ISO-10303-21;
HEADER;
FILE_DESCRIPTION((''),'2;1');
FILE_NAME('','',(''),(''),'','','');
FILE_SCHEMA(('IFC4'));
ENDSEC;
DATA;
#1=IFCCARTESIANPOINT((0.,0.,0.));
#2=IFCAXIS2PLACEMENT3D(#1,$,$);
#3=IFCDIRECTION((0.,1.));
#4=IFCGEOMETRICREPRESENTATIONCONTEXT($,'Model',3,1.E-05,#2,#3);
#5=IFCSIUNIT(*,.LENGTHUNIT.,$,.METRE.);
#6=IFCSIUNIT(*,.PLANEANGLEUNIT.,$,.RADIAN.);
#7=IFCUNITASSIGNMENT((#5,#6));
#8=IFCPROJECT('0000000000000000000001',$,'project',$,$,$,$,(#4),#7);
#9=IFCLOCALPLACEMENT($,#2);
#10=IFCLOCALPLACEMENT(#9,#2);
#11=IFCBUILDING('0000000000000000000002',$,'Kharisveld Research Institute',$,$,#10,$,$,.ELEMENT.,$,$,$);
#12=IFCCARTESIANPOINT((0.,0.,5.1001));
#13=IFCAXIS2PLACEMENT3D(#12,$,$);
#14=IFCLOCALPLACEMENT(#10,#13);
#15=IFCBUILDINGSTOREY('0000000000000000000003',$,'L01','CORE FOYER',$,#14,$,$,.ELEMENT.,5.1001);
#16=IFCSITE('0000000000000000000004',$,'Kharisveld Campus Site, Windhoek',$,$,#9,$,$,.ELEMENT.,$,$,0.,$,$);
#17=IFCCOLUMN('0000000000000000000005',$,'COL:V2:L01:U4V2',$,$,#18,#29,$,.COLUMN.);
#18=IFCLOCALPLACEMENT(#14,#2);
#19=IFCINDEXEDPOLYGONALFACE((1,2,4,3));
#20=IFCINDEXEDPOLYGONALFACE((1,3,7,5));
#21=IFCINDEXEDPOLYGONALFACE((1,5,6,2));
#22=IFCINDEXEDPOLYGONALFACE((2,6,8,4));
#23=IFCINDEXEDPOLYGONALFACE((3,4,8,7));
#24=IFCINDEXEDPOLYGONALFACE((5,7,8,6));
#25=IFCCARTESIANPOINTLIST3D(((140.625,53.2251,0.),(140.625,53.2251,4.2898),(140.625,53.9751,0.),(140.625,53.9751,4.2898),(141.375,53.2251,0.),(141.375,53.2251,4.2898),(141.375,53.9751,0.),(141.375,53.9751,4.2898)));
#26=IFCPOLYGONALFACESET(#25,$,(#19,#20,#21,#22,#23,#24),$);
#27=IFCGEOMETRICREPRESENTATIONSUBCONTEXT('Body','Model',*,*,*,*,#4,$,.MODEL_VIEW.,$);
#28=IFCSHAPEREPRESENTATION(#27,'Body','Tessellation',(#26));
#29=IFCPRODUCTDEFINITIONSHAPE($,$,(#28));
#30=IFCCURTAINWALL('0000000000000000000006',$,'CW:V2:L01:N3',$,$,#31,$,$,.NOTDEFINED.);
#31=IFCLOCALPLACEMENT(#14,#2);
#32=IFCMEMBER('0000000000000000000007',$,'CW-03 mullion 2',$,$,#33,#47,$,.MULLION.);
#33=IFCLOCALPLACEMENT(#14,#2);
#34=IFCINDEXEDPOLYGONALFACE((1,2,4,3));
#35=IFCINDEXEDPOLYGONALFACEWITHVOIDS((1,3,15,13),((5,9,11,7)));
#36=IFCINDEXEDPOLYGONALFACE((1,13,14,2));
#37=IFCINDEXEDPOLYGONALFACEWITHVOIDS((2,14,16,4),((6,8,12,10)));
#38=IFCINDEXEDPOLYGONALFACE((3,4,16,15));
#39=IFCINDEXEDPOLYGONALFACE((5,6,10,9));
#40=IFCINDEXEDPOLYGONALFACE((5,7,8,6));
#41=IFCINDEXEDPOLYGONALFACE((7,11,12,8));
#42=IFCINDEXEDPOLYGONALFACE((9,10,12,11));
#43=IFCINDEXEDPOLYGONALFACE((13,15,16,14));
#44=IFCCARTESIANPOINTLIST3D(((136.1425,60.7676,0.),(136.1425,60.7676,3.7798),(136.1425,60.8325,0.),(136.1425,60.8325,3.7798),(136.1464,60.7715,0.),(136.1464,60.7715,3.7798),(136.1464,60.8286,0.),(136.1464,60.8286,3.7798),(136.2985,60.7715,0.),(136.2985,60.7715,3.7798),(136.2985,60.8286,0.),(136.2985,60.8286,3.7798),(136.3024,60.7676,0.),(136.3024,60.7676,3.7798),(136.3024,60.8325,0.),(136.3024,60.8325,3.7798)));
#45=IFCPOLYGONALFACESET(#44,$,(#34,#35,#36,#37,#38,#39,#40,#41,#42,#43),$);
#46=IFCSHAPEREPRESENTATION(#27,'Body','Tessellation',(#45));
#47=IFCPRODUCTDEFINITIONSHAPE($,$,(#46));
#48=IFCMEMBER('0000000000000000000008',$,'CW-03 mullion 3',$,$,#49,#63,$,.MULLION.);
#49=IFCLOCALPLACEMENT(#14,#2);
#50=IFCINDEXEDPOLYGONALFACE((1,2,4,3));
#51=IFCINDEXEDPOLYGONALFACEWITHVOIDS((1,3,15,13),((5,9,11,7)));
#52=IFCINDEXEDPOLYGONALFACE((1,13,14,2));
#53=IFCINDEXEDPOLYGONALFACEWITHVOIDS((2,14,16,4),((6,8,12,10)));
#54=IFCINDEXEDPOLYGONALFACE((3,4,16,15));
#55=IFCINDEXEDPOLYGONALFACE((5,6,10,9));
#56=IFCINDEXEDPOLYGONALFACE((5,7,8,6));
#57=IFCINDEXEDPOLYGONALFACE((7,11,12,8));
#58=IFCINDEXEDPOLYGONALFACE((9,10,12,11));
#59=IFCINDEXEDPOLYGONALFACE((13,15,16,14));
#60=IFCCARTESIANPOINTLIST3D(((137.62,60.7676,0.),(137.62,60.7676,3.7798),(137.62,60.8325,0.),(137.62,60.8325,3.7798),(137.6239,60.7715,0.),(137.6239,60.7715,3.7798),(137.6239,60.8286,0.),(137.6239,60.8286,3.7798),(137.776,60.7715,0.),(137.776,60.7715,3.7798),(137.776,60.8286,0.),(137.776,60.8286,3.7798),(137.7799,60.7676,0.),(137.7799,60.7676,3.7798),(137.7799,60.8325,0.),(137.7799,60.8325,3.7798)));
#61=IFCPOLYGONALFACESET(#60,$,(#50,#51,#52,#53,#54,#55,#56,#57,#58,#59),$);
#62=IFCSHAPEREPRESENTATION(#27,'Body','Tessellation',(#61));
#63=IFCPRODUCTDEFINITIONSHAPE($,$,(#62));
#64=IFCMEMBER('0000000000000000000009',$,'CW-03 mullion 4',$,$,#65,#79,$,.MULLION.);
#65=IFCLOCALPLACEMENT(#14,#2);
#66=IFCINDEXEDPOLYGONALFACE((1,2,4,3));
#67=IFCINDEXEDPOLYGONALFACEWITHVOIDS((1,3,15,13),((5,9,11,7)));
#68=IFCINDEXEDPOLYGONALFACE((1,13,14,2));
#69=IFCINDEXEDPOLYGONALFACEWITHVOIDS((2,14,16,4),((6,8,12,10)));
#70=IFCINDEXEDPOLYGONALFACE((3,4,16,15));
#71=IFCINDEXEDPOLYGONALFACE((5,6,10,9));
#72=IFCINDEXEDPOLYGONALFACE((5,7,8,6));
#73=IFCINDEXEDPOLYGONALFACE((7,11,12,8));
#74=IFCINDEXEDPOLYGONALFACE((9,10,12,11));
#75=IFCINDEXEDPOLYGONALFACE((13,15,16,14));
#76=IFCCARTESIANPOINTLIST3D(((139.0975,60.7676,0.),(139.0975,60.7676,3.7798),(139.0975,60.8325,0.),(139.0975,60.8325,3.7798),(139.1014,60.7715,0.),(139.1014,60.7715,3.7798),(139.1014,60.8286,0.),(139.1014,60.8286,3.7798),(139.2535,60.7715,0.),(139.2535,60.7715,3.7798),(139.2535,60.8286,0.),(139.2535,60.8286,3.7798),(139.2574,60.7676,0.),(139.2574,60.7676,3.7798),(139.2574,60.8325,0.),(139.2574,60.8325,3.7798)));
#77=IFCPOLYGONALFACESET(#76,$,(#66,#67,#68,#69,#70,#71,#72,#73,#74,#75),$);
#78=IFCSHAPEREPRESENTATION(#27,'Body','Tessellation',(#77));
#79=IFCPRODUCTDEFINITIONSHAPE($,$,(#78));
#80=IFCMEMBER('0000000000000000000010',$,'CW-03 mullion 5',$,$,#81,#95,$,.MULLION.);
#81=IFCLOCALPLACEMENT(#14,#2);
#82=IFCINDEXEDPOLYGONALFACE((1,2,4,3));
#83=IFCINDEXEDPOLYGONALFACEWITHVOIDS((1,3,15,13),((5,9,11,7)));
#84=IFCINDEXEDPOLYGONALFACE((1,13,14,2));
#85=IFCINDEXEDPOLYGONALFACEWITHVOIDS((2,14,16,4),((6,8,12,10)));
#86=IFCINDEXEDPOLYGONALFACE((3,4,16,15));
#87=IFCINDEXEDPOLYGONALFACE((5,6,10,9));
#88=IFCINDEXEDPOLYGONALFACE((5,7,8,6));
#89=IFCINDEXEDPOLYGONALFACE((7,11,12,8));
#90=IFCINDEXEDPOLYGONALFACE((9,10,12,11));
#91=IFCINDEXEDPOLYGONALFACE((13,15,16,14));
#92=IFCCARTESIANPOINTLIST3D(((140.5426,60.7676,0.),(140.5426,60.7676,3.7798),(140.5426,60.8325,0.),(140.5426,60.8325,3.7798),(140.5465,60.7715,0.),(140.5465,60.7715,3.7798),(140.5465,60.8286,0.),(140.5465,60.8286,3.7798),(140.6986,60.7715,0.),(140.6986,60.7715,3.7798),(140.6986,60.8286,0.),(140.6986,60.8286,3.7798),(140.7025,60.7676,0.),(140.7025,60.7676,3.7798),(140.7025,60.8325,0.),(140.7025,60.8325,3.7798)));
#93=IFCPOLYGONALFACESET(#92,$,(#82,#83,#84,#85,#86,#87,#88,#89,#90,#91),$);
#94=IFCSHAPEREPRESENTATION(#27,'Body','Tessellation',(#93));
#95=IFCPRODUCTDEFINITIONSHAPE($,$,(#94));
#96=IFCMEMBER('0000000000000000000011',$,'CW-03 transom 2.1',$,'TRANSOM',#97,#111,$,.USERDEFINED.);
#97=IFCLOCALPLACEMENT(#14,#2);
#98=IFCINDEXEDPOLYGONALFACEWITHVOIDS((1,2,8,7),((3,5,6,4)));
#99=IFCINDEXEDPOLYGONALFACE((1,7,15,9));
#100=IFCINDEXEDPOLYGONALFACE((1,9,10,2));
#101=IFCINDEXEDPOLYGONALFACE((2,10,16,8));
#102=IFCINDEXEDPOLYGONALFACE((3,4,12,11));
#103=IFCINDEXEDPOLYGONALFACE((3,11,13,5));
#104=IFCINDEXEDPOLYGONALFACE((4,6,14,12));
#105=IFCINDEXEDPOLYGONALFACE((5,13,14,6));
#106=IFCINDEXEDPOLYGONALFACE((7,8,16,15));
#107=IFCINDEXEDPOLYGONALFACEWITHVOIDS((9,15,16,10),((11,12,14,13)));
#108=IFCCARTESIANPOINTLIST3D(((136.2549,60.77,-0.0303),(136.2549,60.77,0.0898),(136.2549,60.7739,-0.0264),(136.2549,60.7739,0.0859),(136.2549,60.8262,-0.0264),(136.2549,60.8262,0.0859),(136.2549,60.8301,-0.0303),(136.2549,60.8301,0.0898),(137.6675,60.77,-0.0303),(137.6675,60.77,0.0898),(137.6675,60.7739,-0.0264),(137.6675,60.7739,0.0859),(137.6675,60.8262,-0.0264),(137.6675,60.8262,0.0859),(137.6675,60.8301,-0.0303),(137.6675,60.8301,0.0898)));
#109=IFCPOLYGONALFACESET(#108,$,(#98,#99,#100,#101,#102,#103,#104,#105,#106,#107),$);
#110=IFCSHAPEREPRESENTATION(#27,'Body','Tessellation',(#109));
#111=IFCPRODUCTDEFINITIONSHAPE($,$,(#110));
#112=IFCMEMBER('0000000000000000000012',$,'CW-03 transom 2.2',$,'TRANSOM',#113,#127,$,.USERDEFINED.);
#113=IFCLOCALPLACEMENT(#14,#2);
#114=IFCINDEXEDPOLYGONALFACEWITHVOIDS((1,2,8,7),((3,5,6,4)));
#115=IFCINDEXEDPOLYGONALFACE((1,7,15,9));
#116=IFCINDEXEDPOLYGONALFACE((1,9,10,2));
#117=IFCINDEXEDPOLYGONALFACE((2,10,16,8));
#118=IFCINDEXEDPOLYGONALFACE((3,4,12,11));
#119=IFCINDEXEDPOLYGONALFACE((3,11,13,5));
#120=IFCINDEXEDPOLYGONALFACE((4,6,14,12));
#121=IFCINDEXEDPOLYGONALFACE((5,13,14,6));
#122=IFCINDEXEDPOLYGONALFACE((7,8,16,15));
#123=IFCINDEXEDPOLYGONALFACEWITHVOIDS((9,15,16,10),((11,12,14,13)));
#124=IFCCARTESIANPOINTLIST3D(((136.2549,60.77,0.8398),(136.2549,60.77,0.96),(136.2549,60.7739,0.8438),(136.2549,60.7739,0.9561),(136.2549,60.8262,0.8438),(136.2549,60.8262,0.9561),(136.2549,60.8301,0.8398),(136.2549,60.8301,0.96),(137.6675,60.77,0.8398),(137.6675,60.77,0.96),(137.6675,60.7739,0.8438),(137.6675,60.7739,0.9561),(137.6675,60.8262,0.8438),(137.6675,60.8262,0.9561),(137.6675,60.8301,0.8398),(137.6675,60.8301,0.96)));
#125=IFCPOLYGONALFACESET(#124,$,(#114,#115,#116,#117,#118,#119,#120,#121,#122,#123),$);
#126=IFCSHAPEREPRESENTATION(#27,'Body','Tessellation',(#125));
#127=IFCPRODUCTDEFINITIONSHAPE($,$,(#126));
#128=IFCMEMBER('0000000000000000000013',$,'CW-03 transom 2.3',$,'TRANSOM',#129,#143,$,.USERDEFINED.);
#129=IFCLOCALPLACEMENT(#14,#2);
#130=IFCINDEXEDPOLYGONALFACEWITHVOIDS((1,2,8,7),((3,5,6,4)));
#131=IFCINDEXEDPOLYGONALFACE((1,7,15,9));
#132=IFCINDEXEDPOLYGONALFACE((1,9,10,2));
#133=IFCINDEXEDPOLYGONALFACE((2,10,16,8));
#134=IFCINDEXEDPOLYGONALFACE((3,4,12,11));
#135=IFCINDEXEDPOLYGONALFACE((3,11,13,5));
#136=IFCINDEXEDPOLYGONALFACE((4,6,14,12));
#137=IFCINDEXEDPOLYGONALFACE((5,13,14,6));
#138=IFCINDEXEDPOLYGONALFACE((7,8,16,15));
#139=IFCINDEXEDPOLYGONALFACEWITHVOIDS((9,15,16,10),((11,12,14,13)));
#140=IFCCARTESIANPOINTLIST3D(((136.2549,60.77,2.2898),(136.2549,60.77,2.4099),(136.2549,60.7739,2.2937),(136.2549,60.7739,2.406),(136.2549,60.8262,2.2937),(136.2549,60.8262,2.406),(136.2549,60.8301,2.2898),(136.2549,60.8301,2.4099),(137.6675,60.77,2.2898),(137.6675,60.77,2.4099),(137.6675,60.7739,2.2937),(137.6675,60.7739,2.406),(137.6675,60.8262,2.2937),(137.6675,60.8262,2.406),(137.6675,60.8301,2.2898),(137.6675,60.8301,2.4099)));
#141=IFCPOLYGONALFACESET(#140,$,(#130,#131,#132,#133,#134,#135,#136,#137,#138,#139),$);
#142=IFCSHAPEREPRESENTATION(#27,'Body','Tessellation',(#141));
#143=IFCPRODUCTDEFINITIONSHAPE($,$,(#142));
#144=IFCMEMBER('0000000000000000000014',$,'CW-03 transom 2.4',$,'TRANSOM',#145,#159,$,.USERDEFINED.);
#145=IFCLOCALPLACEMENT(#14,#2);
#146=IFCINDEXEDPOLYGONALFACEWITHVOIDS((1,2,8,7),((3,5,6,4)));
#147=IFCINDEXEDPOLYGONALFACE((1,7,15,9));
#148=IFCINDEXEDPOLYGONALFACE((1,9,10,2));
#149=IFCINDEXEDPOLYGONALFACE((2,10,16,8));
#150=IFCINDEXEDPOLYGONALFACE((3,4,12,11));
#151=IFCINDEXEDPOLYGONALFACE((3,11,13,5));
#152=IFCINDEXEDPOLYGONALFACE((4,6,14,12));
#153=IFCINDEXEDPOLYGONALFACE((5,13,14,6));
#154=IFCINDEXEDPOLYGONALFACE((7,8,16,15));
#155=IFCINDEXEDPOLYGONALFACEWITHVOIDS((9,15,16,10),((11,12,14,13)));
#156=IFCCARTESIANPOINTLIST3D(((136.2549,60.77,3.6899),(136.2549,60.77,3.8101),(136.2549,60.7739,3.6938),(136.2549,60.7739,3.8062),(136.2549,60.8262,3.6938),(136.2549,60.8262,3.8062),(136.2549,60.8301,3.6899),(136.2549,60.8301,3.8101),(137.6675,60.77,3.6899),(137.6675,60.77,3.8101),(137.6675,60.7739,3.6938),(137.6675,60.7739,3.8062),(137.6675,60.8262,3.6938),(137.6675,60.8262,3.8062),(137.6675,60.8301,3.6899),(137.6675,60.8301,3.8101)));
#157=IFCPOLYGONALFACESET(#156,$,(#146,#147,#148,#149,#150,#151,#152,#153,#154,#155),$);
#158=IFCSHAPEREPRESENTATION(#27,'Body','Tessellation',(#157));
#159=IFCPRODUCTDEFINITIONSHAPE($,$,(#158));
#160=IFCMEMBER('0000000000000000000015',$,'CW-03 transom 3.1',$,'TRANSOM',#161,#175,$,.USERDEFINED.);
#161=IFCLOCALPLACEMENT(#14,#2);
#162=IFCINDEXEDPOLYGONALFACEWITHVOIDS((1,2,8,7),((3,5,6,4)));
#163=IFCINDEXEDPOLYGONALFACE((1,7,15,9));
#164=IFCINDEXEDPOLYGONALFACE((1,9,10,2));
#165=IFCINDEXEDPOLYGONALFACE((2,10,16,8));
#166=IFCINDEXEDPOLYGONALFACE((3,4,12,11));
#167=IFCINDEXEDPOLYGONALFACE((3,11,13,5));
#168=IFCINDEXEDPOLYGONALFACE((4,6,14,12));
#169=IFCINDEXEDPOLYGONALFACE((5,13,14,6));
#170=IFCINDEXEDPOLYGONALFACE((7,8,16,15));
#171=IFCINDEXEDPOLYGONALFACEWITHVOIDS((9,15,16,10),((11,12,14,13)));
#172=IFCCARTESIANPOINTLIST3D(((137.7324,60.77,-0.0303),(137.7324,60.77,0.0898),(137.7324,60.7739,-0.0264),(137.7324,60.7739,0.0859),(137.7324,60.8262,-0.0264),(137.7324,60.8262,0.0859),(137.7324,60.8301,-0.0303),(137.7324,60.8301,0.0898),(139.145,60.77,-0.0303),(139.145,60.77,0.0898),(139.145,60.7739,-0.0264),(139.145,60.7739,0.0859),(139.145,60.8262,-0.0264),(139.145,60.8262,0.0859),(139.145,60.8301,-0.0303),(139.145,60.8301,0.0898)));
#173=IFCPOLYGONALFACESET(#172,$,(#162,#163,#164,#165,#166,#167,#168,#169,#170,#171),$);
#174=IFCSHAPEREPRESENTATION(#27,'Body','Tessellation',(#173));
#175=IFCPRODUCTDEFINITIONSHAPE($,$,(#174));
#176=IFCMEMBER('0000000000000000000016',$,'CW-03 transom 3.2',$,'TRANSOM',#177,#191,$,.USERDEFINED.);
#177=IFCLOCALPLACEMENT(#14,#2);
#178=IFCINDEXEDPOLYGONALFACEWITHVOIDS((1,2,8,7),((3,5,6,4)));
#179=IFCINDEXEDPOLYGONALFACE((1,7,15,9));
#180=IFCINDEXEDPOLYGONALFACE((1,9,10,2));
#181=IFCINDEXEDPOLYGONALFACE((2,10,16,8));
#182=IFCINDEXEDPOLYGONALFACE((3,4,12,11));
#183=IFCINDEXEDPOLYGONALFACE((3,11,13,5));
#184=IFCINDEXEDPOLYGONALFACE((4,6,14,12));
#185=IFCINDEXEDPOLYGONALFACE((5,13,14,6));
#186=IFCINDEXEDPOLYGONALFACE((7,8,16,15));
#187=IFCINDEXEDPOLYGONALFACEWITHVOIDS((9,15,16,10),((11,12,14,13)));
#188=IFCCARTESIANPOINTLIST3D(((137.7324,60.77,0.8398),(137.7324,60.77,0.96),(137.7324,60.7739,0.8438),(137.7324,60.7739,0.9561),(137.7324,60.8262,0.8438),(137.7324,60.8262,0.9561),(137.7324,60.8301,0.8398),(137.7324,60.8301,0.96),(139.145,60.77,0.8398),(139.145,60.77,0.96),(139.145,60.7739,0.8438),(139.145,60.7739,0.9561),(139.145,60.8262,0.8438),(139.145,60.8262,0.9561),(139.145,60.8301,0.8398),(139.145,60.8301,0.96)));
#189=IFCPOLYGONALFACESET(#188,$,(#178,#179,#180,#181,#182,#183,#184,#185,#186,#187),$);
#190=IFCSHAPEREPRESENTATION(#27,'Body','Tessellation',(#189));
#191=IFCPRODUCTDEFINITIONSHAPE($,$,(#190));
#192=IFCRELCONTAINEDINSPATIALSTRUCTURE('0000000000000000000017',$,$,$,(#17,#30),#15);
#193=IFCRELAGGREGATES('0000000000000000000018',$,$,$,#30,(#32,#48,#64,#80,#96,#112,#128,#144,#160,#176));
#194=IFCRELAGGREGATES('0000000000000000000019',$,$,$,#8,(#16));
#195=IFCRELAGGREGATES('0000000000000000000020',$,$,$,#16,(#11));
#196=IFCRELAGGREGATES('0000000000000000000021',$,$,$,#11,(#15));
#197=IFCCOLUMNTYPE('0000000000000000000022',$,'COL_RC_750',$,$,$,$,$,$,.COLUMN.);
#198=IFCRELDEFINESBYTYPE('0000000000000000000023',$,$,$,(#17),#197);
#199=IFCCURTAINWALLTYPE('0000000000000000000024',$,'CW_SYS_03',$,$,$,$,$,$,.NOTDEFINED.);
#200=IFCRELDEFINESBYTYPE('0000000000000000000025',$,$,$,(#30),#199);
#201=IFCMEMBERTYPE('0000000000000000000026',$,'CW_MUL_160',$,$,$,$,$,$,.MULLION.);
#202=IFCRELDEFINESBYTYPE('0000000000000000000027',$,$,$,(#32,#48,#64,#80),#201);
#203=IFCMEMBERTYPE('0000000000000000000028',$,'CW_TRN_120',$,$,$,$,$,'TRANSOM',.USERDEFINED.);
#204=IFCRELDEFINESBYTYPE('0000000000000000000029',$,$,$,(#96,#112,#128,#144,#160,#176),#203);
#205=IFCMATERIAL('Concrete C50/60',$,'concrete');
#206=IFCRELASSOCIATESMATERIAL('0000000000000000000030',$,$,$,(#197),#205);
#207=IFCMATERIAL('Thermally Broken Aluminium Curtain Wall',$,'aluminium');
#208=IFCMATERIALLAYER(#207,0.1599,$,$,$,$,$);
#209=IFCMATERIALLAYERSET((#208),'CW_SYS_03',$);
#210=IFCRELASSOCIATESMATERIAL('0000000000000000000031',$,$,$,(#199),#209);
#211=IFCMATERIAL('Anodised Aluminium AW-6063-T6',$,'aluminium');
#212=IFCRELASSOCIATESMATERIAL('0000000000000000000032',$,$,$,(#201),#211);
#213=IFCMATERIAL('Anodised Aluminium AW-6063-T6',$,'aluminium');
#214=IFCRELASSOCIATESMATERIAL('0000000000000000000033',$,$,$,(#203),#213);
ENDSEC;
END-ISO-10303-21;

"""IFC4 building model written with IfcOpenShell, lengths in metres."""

from ifc_helpers import new_model, si_unit, direction, frame, origin, origin_2d, place, context, subcontext, project, spatial, rectangle, hollow_rectangle, extrude, material, layer, layer_set, material_profile, profile_set, type_object, element, aggregate, save


model = new_model("IFC4")

# Units and contexts
model_context = context("Model", 3, precision=1e-05, world=origin(), true_north=direction((0.0, 1.0)))
body_context = subcontext(model_context, "Body", "Model", "MODEL_VIEW")
ifc_project = project(units=[si_unit("LENGTHUNIT", "METRE"), si_unit("PLANEANGLEUNIT", "RADIAN")], contexts=[model_context])

# Site, building, storey
site_placement = place(None, origin())
site = spatial("IfcSite", under=ifc_project, at=site_placement, Name="Kharisveld Campus Site, Windhoek", CompositionType="ELEMENT", RefElevation=0.0)
building_placement = place(site_placement, origin())
building = spatial("IfcBuilding", under=site, at=building_placement, Name="Kharisveld Research Institute", CompositionType="ELEMENT")
storey_placement = place(building_placement, frame((0.0, 0.0, 5.1001)))
storey = spatial("IfcBuildingStorey", under=building, at=storey_placement, Name="L01", Description="CORE FOYER", CompositionType="ELEMENT", Elevation=5.1001)

# Column
ifc_material_1 = material(Name="Concrete C50/60", Category="concrete")
ifc_material_profile_1 = material_profile(ifc_material_1, rectangle(XDim=0.75, YDim=0.75, at=origin_2d()))
ifc_profile_set_1 = profile_set([ifc_material_profile_1], Name="Concrete C50/60")
column_type = type_object("IfcColumnType", Name="COL_RC_750", PredefinedType="COLUMN", material=ifc_profile_set_1)
column_placement = place(storey_placement, frame((141.0, 53.6001, 0.0), z_axis=(0.0, 0.0, 1.0), x_axis=(1.0, 0.0, 0.0)))
element("IfcColumn", 1, at=column_placement, inside=storey, type_object=column_type, Name="COL:V2:L01:U4V2", PredefinedType="COLUMN", context=body_context, shape_type="SweptSolid", body=[
    extrude(rectangle(XDim=0.75, YDim=0.75, at=origin_2d()), origin(), (0.0, 0.0, 1.0), 4.2898),
])

# Curtain wall, members
ifc_material_2 = material(Name="Thermally Broken Aluminium Curtain Wall", Category="aluminium")
ifc_layer_1 = layer(ifc_material_2, 0.1599)
ifc_layer_set_1 = layer_set([ifc_layer_1], Name="CW_SYS_03")
curtain_wall_type = type_object("IfcCurtainWallType", Name="CW_SYS_03", PredefinedType="NOTDEFINED", material=ifc_layer_set_1)
curtain_wall_placement = place(storey_placement, origin())
curtain_wall = element("IfcCurtainWall", 2, at=curtain_wall_placement, inside=storey, type_object=curtain_wall_type, Name="CW:V2:L01:N3", PredefinedType="NOTDEFINED")
ifc_material_3 = material(Name="Anodised Aluminium AW-6063-T6", Category="aluminium")
ifc_material_profile_2 = material_profile(ifc_material_3, hollow_rectangle(XDim=0.0649, YDim=0.1599, WallThickness=0.0039, at=origin_2d()))
ifc_profile_set_2 = profile_set([ifc_material_profile_2], Name="Anodised Aluminium AW-6063-T6")
member_type_1 = type_object("IfcMemberType", Name="CW_MUL_160", PredefinedType="MULLION", material=ifc_profile_set_2)
member_1_placement = place(storey_placement, frame((136.2224, 60.8, 0.0), z_axis=(0.0, 0.0, 1.0), x_axis=(0.0, 1.0, 0.0)))
member_1 = element("IfcMember", 3, at=member_1_placement, type_object=member_type_1, Name="CW-03 mullion 2", PredefinedType="MULLION", context=body_context, shape_type="SweptSolid", body=[
    extrude(hollow_rectangle(XDim=0.0649, YDim=0.1599, WallThickness=0.0039, at=origin_2d()), origin(), (0.0, 0.0, 1.0), 3.7798),
])
member_2_placement = place(storey_placement, frame((137.7, 60.8, 0.0), z_axis=(0.0, 0.0, 1.0), x_axis=(0.0, 1.0, 0.0)))
member_2 = element("IfcMember", 4, at=member_2_placement, type_object=member_type_1, Name="CW-03 mullion 3", PredefinedType="MULLION", context=body_context, shape_type="SweptSolid", body=[
    extrude(hollow_rectangle(XDim=0.0649, YDim=0.1599, WallThickness=0.0039, at=origin_2d()), origin(), (0.0, 0.0, 1.0), 3.7798),
])
member_3_placement = place(storey_placement, frame((139.1775, 60.8, 0.0), z_axis=(0.0, 0.0, 1.0), x_axis=(0.0, 1.0, 0.0)))
member_3 = element("IfcMember", 5, at=member_3_placement, type_object=member_type_1, Name="CW-03 mullion 4", PredefinedType="MULLION", context=body_context, shape_type="SweptSolid", body=[
    extrude(hollow_rectangle(XDim=0.0649, YDim=0.1599, WallThickness=0.0039, at=origin_2d()), origin(), (0.0, 0.0, 1.0), 3.7798),
])
member_4_placement = place(storey_placement, frame((140.6226, 60.8, 0.0), z_axis=(0.0, 0.0, 1.0), x_axis=(0.0, 1.0, 0.0)))
member_4 = element("IfcMember", 6, at=member_4_placement, type_object=member_type_1, Name="CW-03 mullion 5", PredefinedType="MULLION", context=body_context, shape_type="SweptSolid", body=[
    extrude(hollow_rectangle(XDim=0.0649, YDim=0.1599, WallThickness=0.0039, at=origin_2d()), origin(), (0.0, 0.0, 1.0), 3.7798),
])
ifc_material_4 = material(Name="Anodised Aluminium AW-6063-T6", Category="aluminium")
ifc_material_profile_3 = material_profile(ifc_material_4, hollow_rectangle(XDim=0.0601, YDim=0.1201, WallThickness=0.0039, at=origin_2d()))
ifc_profile_set_3 = profile_set([ifc_material_profile_3], Name="Anodised Aluminium AW-6063-T6")
member_type_2 = type_object("IfcMemberType", Name="CW_TRN_120", ElementType="TRANSOM", PredefinedType="USERDEFINED", material=ifc_profile_set_3)
member_5_placement = place(storey_placement, frame((136.2549, 60.8, 0.0298), z_axis=(1.0, 0.0, 0.0), x_axis=(0.0, 1.0, 0.0)))
member_5 = element("IfcMember", 7, at=member_5_placement, type_object=member_type_2, Name="CW-03 transom 2.1", ObjectType="TRANSOM", PredefinedType="USERDEFINED", context=body_context, shape_type="SweptSolid", body=[
    extrude(hollow_rectangle(XDim=0.0601, YDim=0.1201, WallThickness=0.0039, at=origin_2d()), origin(), (0.0, 0.0, 1.0), 1.4126),
])
member_6_placement = place(storey_placement, frame((136.2549, 60.8, 0.8999), z_axis=(1.0, 0.0, 0.0), x_axis=(0.0, 1.0, 0.0)))
member_6 = element("IfcMember", 8, at=member_6_placement, type_object=member_type_2, Name="CW-03 transom 2.2", ObjectType="TRANSOM", PredefinedType="USERDEFINED", context=body_context, shape_type="SweptSolid", body=[
    extrude(hollow_rectangle(XDim=0.0601, YDim=0.1201, WallThickness=0.0039, at=origin_2d()), origin(), (0.0, 0.0, 1.0), 1.4126),
])
member_7_placement = place(storey_placement, frame((136.2549, 60.8, 2.3499), z_axis=(1.0, 0.0, 0.0), x_axis=(0.0, 1.0, 0.0)))
member_7 = element("IfcMember", 9, at=member_7_placement, type_object=member_type_2, Name="CW-03 transom 2.3", ObjectType="TRANSOM", PredefinedType="USERDEFINED", context=body_context, shape_type="SweptSolid", body=[
    extrude(hollow_rectangle(XDim=0.0601, YDim=0.1201, WallThickness=0.0039, at=origin_2d()), origin(), (0.0, 0.0, 1.0), 1.4126),
])
member_8_placement = place(storey_placement, frame((136.2549, 60.8, 3.75), z_axis=(1.0, 0.0, 0.0), x_axis=(0.0, 1.0, 0.0)))
member_8 = element("IfcMember", 10, at=member_8_placement, type_object=member_type_2, Name="CW-03 transom 2.4", ObjectType="TRANSOM", PredefinedType="USERDEFINED", context=body_context, shape_type="SweptSolid", body=[
    extrude(hollow_rectangle(XDim=0.0601, YDim=0.1201, WallThickness=0.0039, at=origin_2d()), origin(), (0.0, 0.0, 1.0), 1.4126),
])
member_9_placement = place(storey_placement, frame((137.7324, 60.8, 0.0298), z_axis=(1.0, 0.0, 0.0), x_axis=(0.0, 1.0, 0.0)))
member_9 = element("IfcMember", 11, at=member_9_placement, type_object=member_type_2, Name="CW-03 transom 3.1", ObjectType="TRANSOM", PredefinedType="USERDEFINED", context=body_context, shape_type="SweptSolid", body=[
    extrude(hollow_rectangle(XDim=0.0601, YDim=0.1201, WallThickness=0.0039, at=origin_2d()), origin(), (0.0, 0.0, 1.0), 1.4126),
])
member_10_placement = place(storey_placement, frame((137.7324, 60.8, 0.8999), z_axis=(1.0, 0.0, 0.0), x_axis=(0.0, 1.0, 0.0)))
member_10 = element("IfcMember", 12, at=member_10_placement, type_object=member_type_2, Name="CW-03 transom 3.2", ObjectType="TRANSOM", PredefinedType="USERDEFINED", context=body_context, shape_type="SweptSolid", body=[
    extrude(hollow_rectangle(XDim=0.0601, YDim=0.1201, WallThickness=0.0039, at=origin_2d()), origin(), (0.0, 0.0, 1.0), 1.4126),
])
aggregate(curtain_wall, [member_1, member_2, member_3, member_4, member_5, member_6, member_7, member_8, member_9, member_10])

save(model, "model.ifc")
